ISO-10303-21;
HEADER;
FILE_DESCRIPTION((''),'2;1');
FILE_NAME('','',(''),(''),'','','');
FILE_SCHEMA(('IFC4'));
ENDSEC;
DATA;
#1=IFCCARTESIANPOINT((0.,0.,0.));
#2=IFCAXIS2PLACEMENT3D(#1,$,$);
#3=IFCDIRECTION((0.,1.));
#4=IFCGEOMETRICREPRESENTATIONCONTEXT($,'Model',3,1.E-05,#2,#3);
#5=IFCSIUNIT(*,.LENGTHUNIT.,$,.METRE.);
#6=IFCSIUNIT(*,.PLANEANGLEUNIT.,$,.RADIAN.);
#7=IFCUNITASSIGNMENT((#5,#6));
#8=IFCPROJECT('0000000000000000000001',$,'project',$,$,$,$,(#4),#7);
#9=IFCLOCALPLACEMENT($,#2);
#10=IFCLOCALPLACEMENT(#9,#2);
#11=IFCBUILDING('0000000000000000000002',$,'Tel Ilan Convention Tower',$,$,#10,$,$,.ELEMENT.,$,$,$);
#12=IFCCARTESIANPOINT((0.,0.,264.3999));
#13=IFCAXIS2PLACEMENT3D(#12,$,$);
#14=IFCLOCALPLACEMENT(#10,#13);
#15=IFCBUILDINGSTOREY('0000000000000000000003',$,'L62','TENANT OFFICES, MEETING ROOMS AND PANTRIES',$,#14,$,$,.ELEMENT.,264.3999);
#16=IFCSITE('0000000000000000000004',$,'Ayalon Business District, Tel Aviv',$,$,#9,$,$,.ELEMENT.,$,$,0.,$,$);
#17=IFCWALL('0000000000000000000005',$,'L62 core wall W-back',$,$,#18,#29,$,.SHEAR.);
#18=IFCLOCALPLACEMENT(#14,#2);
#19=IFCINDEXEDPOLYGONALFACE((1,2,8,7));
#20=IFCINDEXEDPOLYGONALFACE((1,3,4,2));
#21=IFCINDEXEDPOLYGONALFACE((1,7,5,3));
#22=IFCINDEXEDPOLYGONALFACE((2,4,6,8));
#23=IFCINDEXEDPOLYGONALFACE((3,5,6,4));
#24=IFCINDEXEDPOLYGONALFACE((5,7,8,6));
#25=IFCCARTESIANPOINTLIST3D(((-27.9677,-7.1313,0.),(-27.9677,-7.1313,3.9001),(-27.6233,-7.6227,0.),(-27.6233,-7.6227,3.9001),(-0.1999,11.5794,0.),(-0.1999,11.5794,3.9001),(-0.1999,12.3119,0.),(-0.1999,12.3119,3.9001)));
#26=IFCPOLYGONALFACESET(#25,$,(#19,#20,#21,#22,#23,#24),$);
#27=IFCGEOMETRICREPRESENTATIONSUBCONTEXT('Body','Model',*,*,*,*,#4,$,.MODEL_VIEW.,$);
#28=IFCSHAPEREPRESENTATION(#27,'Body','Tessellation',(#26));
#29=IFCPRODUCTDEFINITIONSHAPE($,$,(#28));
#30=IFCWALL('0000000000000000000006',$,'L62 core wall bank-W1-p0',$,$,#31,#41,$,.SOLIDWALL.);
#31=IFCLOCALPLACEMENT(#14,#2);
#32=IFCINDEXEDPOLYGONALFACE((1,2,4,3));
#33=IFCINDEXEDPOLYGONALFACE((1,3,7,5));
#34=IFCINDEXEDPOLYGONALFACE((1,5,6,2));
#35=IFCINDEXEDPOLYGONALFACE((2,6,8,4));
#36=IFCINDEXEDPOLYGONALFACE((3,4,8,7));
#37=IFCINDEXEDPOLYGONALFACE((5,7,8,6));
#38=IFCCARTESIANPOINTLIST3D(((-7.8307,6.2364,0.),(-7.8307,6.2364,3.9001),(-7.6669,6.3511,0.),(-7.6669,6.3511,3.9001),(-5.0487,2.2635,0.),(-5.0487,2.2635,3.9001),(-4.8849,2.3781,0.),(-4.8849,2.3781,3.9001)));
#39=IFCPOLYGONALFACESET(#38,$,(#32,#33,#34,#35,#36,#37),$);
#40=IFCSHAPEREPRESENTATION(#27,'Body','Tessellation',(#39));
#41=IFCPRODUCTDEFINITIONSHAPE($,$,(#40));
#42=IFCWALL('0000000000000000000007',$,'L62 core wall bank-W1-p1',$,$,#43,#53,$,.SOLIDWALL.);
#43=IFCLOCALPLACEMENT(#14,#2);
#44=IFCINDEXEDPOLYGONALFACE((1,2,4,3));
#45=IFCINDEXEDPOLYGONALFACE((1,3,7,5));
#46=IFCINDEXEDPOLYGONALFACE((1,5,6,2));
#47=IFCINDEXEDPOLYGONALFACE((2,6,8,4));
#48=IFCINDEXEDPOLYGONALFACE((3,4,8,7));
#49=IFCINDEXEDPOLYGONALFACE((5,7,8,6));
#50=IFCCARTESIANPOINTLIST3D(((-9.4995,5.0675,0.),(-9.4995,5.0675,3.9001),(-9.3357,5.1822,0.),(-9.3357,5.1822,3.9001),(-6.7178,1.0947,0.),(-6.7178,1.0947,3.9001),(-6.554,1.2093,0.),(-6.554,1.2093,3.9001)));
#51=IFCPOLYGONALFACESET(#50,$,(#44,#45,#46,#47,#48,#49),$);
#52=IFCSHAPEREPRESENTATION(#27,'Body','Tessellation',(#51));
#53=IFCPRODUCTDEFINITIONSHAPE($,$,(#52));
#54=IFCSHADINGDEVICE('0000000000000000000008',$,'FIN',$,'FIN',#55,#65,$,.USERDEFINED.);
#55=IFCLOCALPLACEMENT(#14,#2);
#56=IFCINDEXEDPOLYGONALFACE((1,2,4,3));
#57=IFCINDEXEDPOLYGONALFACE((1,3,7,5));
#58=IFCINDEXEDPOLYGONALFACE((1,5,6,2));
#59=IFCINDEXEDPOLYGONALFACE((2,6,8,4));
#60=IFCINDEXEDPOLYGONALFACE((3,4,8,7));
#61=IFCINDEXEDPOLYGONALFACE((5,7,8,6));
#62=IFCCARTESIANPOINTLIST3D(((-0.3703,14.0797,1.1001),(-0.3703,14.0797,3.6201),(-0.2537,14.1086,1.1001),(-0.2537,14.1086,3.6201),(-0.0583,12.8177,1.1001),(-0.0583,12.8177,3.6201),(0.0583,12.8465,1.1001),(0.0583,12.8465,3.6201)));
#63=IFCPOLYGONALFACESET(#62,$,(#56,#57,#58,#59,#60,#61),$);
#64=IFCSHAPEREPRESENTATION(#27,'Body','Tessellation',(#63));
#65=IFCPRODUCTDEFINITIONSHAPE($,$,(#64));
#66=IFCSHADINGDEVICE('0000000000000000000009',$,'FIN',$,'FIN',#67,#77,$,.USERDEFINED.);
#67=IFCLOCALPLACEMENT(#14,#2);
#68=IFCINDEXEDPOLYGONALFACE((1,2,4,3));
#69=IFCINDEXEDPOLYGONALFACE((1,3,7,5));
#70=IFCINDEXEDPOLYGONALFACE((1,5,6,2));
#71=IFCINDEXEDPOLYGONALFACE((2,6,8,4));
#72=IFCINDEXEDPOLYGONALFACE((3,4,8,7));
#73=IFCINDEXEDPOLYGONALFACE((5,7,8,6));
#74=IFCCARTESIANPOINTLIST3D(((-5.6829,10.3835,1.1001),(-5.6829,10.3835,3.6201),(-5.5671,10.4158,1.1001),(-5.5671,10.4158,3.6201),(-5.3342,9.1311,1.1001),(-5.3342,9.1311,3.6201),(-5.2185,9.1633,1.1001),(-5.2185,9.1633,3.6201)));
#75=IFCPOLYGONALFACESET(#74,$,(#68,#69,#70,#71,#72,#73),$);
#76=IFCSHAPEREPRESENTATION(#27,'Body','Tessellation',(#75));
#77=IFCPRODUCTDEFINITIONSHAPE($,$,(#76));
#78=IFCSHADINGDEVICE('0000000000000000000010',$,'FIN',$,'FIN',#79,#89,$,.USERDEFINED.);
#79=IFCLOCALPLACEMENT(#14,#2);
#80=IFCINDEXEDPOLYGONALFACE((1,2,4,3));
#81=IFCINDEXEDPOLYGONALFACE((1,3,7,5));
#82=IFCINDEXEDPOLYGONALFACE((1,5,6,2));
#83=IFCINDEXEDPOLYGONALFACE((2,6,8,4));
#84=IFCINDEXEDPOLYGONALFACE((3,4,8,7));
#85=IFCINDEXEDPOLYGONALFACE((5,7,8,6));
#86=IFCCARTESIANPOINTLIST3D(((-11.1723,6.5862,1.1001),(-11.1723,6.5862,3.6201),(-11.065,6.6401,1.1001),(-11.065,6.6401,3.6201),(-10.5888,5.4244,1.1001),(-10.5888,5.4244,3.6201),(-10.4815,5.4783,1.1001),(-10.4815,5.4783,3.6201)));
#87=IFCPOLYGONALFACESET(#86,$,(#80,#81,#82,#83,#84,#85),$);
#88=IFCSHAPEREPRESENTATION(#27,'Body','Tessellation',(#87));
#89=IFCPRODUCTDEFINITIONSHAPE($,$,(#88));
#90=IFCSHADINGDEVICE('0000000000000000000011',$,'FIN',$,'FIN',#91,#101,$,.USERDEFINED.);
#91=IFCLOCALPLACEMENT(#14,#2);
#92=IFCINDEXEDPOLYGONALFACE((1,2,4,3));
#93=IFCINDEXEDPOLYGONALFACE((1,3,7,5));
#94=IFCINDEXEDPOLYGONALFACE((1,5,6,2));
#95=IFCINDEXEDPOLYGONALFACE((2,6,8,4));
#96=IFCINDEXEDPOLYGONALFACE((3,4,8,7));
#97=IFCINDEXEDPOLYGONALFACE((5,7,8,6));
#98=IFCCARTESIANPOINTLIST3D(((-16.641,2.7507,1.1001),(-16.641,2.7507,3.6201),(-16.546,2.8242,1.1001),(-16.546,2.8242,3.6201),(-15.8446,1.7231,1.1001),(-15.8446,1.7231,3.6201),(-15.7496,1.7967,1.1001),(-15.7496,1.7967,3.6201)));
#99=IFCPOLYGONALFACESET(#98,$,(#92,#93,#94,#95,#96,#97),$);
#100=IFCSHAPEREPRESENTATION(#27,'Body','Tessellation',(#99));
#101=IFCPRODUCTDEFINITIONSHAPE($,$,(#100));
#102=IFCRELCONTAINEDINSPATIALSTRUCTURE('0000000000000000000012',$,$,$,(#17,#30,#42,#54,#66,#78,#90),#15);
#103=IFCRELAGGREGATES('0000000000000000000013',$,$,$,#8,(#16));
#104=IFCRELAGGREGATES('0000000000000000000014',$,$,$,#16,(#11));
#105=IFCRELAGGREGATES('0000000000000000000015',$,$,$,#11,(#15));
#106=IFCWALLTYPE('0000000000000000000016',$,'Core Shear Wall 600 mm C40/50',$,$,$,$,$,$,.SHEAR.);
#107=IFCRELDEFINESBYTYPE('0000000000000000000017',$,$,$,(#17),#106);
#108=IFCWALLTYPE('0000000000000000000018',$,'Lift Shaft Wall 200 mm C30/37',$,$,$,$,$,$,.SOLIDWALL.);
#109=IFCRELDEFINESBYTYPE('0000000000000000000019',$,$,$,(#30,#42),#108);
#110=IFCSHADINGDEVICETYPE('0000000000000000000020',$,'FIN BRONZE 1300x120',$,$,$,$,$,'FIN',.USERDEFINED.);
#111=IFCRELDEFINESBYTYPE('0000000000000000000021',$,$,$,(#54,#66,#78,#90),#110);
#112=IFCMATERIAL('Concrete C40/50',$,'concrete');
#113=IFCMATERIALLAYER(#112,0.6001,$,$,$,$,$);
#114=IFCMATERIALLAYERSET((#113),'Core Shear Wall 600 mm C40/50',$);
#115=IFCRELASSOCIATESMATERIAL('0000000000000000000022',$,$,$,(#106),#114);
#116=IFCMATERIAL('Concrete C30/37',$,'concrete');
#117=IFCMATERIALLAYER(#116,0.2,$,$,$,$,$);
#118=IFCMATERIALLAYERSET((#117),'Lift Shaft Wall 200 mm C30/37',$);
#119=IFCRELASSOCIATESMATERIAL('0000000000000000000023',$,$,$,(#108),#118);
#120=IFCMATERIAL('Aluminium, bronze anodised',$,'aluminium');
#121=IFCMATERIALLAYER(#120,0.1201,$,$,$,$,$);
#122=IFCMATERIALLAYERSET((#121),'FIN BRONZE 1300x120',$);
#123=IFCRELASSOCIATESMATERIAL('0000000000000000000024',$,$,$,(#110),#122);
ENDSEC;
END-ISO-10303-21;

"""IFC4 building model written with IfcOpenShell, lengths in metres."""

from ifc_helpers import new_model, si_unit, direction, frame, frame_2d, origin, origin_2d, place, context, subcontext, project, spatial, polyline, rectangle, outline, extrude, material, layer, layer_set, type_object, element, save


model = new_model("IFC4")

# Units and contexts
model_context = context("Model", 3, precision=1e-05, world=origin(), true_north=direction((0.0, 1.0)))
body_context = subcontext(model_context, "Body", "Model", "MODEL_VIEW")
ifc_project = project(units=[si_unit("LENGTHUNIT", "METRE"), si_unit("PLANEANGLEUNIT", "RADIAN")], contexts=[model_context])

# Site, building, storey
site_placement = place(None, origin())
site = spatial("IfcSite", under=ifc_project, at=site_placement, Name="Ayalon Business District, Tel Aviv", CompositionType="ELEMENT", RefElevation=0.0)
building_placement = place(site_placement, origin())
building = spatial("IfcBuilding", under=site, at=building_placement, Name="Tel Ilan Convention Tower", CompositionType="ELEMENT")
storey_placement = place(building_placement, frame((0.0, 0.0, 264.3999)))
storey = spatial("IfcBuildingStorey", under=building, at=storey_placement, Name="L62", Description="TENANT OFFICES, MEETING ROOMS AND PANTRIES", CompositionType="ELEMENT", Elevation=264.3999)

# Walls
ifc_material_1 = material(Name="Concrete C40/50", Category="concrete")
ifc_layer_1 = layer(ifc_material_1, 0.6001)
ifc_layer_set_1 = layer_set([ifc_layer_1], Name="Core Shear Wall 600 mm C40/50")
wall_type_1 = type_object("IfcWallType", Name="Core Shear Wall 600 mm C40/50", PredefinedType="SHEAR", material=ifc_layer_set_1)
wall_1_placement = place(storey_placement, frame((-0.0278, 12.0662, 0.0), z_axis=(0.0, 0.0, 1.0), x_axis=(-0.819151, -0.573577, 0.0)))
element("IfcWall", 1, at=wall_1_placement, inside=storey, type_object=wall_type_1, Name="L62 core wall W-back", PredefinedType="SHEAR", context=body_context, shape_type="SweptSolid", body=[
    extrude(outline(polyline([(33.8979, 0.3), (0.4202, 0.3), (0.0, -0.3), (33.8982, -0.3), (33.8979, 0.3)])), origin(), (0.0, 0.0, 1.0), 3.9001),
])
ifc_material_2 = material(Name="Concrete C30/37", Category="concrete")
ifc_layer_2 = layer(ifc_material_2, 0.2)
ifc_layer_set_2 = layer_set([ifc_layer_2], Name="Lift Shaft Wall 200 mm C30/37")
wall_type_2 = type_object("IfcWallType", Name="Lift Shaft Wall 200 mm C30/37", PredefinedType="SOLIDWALL", material=ifc_layer_set_2)
wall_2_placement = place(storey_placement, frame((-4.9668, 2.3208, 0.0), z_axis=(0.0, 0.0, 1.0), x_axis=(-0.573594, 0.81914, 0.0)))
element("IfcWall", 2, at=wall_2_placement, inside=storey, type_object=wall_type_2, Name="L62 core wall bank-W1-p0", PredefinedType="SOLIDWALL", context=body_context, shape_type="SweptSolid", body=[
    extrude(rectangle(XDim=4.8501, YDim=0.2, at=frame_2d((2.425, 0.0))), origin(), (0.0, 0.0, 1.0), 3.9001),
])
wall_3_placement = place(storey_placement, frame((-6.636, 1.1521, 0.0), z_axis=(0.0, 0.0, 1.0), x_axis=(-0.57356, 0.819163, 0.0)))
element("IfcWall", 3, at=wall_3_placement, inside=storey, type_object=wall_type_2, Name="L62 core wall bank-W1-p1", PredefinedType="SOLIDWALL", context=body_context, shape_type="SweptSolid", body=[
    extrude(rectangle(XDim=4.8499, YDim=0.2, at=frame_2d((2.4248, 0.0))), origin(), (0.0, 0.0, 1.0), 3.9001),
])

# Shading devices
ifc_material_3 = material(Name="Aluminium, bronze anodised", Category="aluminium")
ifc_layer_3 = layer(ifc_material_3, 0.1201)
ifc_layer_set_3 = layer_set([ifc_layer_3], Name="FIN BRONZE 1300x120")
shading_device_type = type_object("IfcShadingDeviceType", Name="FIN BRONZE 1300x120", ElementType="FIN", PredefinedType="USERDEFINED", material=ifc_layer_set_3)
for number, where, z_axis, x_axis, name in (
    (4, (-0.156, 13.4631, 1.1001), (0.0, 0.0, 1.0), (-0.24004, 0.970763, 0.0), "FIN"),
    (5, (-5.4507, 9.7734, 1.1001), (0.0, 0.0, 1.0), (-0.268173, 0.963371, 0.0), "FIN"),
    (6, (-10.8269, 6.0322, 1.1001), (0.0, 0.0, 1.0), (-0.448799, 0.893633, 0.0), "FIN"),
    (7, (-16.1953, 2.2737, 1.1001), (0.0, 0.0, 1.0), (-0.612601, 0.790393, 0.0), "FIN"),
):
    element("IfcShadingDevice", number, at=place(storey_placement, frame(where, z_axis=z_axis, x_axis=x_axis)), inside=storey, type_object=shading_device_type, Name=name, ObjectType="FIN", PredefinedType="USERDEFINED", context=body_context, shape_type="SweptSolid", body=[
        extrude(rectangle(XDim=1.3, YDim=0.1201, at=origin_2d()), origin(), (0.0, 0.0, 1.0), 2.52),
    ])

save(model, "model.ifc")
